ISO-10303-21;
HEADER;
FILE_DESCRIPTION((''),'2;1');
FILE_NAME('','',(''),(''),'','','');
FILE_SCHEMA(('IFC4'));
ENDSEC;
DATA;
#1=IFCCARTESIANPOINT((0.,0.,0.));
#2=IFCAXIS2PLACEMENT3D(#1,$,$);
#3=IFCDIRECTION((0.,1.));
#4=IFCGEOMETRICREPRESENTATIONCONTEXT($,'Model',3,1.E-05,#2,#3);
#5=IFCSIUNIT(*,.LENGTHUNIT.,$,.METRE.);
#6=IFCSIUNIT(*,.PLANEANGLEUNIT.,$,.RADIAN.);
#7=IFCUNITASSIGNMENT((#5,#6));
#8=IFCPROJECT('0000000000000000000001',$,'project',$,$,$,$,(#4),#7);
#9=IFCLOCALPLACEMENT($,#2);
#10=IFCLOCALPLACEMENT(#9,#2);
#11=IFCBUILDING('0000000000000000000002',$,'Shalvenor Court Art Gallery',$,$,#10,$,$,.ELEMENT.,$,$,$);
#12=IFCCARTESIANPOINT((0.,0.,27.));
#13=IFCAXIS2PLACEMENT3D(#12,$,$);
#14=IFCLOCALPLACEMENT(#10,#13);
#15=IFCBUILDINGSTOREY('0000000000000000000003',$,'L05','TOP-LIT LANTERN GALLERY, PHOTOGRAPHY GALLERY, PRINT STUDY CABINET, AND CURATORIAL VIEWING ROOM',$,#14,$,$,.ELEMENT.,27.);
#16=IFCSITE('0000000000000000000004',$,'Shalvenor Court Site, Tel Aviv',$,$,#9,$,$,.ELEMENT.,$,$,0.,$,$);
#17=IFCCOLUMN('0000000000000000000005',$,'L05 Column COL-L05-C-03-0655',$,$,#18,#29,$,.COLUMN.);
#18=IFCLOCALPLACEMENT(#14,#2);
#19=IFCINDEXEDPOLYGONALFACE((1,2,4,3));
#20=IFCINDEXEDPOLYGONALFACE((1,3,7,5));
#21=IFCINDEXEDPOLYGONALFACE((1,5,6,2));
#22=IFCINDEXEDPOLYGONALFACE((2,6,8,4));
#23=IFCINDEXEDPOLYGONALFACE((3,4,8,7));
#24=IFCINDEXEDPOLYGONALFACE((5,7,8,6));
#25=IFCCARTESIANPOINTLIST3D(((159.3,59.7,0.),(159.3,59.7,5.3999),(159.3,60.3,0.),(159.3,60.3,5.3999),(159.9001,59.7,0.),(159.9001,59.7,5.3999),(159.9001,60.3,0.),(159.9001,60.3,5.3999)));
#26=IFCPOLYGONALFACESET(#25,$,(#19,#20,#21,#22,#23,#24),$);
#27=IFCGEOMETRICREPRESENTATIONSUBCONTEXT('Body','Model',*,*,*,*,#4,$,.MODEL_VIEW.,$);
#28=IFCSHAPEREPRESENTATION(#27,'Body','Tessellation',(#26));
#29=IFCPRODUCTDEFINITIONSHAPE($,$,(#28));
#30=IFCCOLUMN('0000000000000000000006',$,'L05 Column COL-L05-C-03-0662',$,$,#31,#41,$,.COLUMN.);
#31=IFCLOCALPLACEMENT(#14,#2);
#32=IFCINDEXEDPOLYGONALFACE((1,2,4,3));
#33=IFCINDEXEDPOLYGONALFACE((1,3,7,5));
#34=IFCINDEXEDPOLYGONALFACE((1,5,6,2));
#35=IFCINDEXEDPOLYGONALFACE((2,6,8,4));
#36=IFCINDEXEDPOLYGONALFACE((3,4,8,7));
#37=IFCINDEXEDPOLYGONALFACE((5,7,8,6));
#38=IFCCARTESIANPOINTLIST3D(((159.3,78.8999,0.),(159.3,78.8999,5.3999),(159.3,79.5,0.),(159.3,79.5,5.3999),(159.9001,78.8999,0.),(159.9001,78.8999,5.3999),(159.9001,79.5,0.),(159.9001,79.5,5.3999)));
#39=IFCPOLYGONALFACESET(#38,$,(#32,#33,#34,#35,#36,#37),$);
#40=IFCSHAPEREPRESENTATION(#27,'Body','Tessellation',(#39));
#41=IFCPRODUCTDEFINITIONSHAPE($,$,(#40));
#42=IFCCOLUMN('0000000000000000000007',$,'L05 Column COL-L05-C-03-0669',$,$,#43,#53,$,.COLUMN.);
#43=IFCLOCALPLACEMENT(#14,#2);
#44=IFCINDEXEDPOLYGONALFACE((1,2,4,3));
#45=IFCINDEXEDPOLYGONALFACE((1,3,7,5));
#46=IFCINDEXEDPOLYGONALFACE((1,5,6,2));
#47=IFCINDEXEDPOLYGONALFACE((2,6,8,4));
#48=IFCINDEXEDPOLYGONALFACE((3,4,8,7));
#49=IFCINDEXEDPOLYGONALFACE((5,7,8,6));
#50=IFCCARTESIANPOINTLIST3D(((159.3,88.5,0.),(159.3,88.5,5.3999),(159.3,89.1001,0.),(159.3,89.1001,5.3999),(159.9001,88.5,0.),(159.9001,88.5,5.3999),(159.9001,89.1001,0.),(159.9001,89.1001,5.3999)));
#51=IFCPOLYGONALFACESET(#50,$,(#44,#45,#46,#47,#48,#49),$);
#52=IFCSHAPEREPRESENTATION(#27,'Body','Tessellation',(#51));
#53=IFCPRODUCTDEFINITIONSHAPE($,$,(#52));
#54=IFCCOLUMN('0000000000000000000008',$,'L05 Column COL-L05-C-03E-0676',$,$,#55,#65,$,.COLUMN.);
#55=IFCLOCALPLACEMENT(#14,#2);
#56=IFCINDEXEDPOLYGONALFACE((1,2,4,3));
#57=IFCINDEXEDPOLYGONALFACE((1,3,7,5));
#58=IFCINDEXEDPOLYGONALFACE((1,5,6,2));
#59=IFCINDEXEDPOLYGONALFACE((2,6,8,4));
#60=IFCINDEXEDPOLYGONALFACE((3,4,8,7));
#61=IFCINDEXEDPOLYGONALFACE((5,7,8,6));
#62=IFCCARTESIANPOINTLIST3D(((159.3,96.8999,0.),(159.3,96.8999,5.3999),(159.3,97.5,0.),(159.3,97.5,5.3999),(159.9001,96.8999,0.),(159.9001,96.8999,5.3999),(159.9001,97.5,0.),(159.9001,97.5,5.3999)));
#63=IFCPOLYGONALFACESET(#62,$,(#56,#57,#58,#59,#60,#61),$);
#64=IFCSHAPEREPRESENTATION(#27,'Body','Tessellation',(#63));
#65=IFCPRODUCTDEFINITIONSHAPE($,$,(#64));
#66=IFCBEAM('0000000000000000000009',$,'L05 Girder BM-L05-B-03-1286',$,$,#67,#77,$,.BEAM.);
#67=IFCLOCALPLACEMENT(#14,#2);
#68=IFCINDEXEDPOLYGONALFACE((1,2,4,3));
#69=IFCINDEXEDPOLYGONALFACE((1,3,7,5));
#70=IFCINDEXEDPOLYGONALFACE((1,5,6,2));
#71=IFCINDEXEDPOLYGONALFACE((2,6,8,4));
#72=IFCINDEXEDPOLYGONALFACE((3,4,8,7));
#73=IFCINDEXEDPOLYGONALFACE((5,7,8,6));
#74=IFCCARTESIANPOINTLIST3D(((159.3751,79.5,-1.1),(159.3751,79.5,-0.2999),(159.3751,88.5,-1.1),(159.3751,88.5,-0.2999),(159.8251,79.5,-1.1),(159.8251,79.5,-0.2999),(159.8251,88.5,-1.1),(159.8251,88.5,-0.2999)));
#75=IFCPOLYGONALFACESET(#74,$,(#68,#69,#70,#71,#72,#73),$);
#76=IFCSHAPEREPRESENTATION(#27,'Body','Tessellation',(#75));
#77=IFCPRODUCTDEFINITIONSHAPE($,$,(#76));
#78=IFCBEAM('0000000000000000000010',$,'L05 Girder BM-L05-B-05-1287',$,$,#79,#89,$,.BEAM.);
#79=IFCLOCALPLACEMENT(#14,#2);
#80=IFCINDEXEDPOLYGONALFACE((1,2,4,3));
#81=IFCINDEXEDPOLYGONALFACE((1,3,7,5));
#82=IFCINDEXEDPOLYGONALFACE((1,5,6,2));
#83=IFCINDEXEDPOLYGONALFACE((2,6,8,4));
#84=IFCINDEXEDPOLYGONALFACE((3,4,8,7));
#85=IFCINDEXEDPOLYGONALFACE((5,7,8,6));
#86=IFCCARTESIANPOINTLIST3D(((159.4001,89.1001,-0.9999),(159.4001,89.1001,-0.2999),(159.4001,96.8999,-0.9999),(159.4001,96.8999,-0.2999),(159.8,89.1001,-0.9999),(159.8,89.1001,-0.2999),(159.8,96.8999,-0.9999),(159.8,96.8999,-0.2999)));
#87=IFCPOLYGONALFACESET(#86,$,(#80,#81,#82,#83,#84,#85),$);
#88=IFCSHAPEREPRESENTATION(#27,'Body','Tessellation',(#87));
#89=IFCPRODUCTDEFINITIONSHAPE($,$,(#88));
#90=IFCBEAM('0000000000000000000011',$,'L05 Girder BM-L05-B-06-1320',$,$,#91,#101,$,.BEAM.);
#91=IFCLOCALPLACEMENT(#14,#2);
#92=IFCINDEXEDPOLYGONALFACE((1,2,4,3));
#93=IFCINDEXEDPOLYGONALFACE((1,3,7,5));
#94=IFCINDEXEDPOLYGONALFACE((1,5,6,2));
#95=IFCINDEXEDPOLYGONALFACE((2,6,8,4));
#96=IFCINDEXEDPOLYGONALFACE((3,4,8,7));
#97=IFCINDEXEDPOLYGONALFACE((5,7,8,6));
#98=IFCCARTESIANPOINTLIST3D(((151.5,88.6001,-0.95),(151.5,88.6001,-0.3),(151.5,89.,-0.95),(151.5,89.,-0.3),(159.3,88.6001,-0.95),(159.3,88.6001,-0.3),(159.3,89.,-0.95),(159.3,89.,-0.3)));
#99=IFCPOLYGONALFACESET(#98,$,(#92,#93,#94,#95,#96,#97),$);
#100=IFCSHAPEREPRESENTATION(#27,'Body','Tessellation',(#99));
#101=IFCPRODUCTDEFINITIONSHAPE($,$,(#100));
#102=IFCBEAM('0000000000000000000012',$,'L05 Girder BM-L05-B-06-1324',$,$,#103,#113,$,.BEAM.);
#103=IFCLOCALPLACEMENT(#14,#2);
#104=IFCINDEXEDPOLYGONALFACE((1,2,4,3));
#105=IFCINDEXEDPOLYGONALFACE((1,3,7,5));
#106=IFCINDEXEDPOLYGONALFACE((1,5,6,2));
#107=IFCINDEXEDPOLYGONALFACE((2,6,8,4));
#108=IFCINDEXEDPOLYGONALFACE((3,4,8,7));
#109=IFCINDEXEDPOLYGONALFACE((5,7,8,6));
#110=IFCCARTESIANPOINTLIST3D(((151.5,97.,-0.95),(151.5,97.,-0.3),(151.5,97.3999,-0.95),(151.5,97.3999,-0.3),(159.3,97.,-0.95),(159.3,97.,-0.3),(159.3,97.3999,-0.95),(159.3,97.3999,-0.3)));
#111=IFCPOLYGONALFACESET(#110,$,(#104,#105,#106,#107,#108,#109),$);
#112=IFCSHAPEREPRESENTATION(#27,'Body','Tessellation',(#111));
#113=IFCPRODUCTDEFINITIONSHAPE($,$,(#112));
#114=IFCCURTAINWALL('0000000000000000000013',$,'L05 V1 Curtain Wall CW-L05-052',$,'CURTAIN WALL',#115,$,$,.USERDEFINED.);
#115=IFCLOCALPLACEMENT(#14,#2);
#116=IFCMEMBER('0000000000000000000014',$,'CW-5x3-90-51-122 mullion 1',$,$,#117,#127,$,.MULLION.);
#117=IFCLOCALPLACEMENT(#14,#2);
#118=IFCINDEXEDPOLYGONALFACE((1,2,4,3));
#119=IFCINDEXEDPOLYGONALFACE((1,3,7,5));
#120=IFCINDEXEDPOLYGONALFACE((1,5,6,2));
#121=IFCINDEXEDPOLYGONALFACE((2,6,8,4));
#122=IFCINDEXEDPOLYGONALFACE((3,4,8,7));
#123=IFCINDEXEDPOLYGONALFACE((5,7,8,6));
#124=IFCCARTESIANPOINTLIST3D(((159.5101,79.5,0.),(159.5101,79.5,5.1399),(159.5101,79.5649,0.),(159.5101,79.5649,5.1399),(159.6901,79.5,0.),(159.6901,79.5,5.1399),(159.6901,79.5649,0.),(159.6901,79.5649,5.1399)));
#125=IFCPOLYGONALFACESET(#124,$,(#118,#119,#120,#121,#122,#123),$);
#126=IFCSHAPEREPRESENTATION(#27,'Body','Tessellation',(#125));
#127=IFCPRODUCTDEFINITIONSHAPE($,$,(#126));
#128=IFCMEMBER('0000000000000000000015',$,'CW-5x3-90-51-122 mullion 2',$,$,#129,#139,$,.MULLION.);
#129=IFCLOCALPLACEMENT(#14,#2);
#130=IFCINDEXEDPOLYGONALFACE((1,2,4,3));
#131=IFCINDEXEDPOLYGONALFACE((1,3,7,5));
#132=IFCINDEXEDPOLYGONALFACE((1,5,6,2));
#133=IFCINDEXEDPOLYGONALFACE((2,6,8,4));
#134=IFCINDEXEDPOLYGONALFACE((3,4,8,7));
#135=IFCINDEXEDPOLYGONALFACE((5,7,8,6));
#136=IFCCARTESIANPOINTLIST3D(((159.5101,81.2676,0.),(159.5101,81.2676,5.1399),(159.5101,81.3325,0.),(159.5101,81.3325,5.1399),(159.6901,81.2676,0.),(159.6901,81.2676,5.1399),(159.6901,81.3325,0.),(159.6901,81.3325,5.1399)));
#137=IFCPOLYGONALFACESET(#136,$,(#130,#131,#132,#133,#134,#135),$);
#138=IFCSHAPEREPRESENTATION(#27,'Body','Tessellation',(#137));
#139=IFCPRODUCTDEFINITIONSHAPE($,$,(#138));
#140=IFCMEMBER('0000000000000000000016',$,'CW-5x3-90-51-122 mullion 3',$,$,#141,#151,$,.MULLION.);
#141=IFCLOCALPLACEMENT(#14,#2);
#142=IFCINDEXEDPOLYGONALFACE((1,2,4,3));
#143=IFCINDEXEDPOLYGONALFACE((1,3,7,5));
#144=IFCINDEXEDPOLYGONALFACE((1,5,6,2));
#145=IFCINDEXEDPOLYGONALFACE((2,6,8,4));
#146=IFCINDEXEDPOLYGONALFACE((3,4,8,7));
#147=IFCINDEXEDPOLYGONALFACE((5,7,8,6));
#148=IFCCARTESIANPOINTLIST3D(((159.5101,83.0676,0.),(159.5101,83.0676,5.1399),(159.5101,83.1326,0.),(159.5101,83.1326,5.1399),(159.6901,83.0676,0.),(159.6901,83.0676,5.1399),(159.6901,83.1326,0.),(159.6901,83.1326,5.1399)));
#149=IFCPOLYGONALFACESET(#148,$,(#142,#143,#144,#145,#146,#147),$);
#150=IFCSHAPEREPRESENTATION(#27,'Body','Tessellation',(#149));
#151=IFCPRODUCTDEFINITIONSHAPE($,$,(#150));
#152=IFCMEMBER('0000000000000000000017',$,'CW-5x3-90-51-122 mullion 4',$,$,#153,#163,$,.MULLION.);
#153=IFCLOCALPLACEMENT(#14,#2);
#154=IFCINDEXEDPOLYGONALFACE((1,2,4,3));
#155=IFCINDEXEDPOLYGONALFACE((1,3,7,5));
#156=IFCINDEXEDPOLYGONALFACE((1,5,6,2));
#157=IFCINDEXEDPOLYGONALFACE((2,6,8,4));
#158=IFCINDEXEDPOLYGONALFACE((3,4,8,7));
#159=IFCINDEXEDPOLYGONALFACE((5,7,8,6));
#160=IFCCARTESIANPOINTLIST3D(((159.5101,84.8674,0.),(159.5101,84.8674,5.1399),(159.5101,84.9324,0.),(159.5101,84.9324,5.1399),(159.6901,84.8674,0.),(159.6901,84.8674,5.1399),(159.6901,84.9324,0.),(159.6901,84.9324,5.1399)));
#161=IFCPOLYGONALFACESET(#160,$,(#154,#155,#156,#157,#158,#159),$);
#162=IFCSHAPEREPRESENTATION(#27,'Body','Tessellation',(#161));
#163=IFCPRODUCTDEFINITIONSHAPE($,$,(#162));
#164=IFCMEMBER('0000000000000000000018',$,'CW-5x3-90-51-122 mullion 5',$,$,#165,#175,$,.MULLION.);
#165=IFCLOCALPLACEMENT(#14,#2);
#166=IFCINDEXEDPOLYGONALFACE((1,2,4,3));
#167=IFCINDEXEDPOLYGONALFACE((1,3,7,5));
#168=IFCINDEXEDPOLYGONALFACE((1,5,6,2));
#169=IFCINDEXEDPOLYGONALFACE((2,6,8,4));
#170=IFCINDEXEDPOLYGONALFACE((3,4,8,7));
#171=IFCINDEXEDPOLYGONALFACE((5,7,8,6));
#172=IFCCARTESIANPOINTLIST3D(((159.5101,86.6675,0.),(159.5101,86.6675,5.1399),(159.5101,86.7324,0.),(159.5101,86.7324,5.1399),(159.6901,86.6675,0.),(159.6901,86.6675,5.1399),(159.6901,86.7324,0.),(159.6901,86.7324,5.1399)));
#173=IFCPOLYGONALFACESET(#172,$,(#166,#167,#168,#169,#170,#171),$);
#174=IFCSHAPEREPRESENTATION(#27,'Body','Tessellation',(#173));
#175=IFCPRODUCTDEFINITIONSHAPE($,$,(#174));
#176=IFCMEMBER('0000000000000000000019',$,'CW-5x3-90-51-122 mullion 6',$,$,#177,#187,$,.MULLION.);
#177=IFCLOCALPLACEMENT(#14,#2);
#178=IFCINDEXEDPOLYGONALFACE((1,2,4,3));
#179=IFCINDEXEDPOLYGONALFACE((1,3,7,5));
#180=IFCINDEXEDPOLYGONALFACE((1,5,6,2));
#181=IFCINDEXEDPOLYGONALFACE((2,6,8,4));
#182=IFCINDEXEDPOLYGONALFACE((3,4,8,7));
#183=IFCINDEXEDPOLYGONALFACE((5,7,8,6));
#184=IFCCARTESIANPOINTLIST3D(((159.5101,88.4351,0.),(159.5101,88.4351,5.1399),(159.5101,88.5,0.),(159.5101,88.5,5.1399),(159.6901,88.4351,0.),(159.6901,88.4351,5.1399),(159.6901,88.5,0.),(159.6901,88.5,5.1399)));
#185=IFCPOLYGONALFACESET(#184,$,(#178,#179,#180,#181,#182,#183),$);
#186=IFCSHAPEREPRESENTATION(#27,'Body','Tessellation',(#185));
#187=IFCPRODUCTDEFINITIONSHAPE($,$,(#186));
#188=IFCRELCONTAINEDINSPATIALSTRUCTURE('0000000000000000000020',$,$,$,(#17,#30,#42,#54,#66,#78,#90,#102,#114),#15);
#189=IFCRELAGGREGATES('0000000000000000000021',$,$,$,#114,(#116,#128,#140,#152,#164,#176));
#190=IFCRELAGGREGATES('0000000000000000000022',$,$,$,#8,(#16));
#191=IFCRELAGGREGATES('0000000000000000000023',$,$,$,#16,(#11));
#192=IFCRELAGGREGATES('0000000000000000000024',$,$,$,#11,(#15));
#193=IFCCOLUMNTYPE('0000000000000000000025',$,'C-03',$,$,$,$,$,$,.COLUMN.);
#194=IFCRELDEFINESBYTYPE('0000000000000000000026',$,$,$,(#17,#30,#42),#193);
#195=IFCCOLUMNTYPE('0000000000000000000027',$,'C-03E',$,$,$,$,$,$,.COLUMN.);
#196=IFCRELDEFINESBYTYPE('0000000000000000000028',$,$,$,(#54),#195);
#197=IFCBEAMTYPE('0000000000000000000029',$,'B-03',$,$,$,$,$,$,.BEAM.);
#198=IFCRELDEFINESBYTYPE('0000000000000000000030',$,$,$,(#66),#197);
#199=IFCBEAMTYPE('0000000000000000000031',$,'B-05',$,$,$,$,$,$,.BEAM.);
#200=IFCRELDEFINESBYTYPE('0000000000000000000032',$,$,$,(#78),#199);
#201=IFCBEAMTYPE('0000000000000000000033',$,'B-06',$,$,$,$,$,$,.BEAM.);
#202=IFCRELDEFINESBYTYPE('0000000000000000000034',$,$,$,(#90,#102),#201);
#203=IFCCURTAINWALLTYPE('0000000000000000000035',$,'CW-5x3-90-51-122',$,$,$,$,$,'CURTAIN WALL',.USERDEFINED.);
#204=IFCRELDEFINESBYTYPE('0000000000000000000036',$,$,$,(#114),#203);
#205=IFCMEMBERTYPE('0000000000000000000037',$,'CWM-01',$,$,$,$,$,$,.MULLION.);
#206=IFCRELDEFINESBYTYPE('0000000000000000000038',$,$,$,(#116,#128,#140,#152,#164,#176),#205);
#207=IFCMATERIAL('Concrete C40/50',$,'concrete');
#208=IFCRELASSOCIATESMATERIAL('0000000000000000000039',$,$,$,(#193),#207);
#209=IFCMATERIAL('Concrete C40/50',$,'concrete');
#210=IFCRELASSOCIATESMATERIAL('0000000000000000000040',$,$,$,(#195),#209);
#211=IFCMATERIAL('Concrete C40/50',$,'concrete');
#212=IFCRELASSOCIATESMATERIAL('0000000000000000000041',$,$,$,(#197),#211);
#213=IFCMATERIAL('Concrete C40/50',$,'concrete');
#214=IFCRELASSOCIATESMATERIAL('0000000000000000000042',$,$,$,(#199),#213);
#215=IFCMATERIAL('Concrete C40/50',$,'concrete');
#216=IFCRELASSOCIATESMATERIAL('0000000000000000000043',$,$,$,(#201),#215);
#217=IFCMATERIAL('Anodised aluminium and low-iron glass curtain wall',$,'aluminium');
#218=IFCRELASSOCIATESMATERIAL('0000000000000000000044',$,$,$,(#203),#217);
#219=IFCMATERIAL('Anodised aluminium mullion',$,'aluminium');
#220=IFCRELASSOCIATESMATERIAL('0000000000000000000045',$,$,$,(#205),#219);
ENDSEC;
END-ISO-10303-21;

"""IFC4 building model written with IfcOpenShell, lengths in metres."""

from ifc_helpers import new_model, si_unit, direction, frame, origin, origin_2d, place, context, subcontext, project, spatial, rectangle, extrude, material, material_profile, profile_set, type_object, element, aggregate, save


model = new_model("IFC4")

# Units and contexts
model_context = context("Model", 3, precision=1e-05, world=origin(), true_north=direction((0.0, 1.0)))
body_context = subcontext(model_context, "Body", "Model", "MODEL_VIEW")
ifc_project = project(units=[si_unit("LENGTHUNIT", "METRE"), si_unit("PLANEANGLEUNIT", "RADIAN")], contexts=[model_context])

# Site, building, storey
site_placement = place(None, origin())
site = spatial("IfcSite", under=ifc_project, at=site_placement, Name="Shalvenor Court Site, Tel Aviv", CompositionType="ELEMENT", RefElevation=0.0)
building_placement = place(site_placement, origin())
building = spatial("IfcBuilding", under=site, at=building_placement, Name="Shalvenor Court Art Gallery", CompositionType="ELEMENT")
storey_placement = place(building_placement, frame((0.0, 0.0, 27.0)))
storey = spatial("IfcBuildingStorey", under=building, at=storey_placement, Name="L05", Description="TOP-LIT LANTERN GALLERY, PHOTOGRAPHY GALLERY, PRINT STUDY CABINET, AND CURATORIAL VIEWING ROOM", CompositionType="ELEMENT", Elevation=27.0)

# Columns
ifc_material_1 = material(Name="Concrete C40/50", Category="concrete")
ifc_material_profile_1 = material_profile(ifc_material_1, rectangle(XDim=0.6001, YDim=0.6001, at=origin_2d()), Name="RC 600x600")
ifc_profile_set_1 = profile_set([ifc_material_profile_1], Name="Concrete C40/50")
column_type_1 = type_object("IfcColumnType", Name="C-03", PredefinedType="COLUMN", material=ifc_profile_set_1)
for number, where, z_axis, x_axis, name in (
    (1, (159.6001, 60.0, 0.0), (0.0, 0.0, 1.0), (1.0, 0.0, 0.0), "L05 Column COL-L05-C-03-0655"),
    (2, (159.6001, 79.2, 0.0), (0.0, 0.0, 1.0), (1.0, 0.0, 0.0), "L05 Column COL-L05-C-03-0662"),
    (3, (159.6001, 88.8, 0.0), (0.0, 0.0, 1.0), (1.0, 0.0, 0.0), "L05 Column COL-L05-C-03-0669"),
):
    element("IfcColumn", number, at=place(storey_placement, frame(where, z_axis=z_axis, x_axis=x_axis)), inside=storey, type_object=column_type_1, Name=name, PredefinedType="COLUMN", context=body_context, shape_type="SweptSolid", body=[
        extrude(rectangle(XDim=0.6001, YDim=0.6001, at=origin_2d()), origin(), (0.0, 0.0, 1.0), 5.3999),
    ])
ifc_material_2 = material(Name="Concrete C40/50", Category="concrete")
ifc_material_profile_2 = material_profile(ifc_material_2, rectangle(XDim=0.6001, YDim=0.6001, at=origin_2d()), Name="RC 600x600")
ifc_profile_set_2 = profile_set([ifc_material_profile_2], Name="Concrete C40/50")
column_type_2 = type_object("IfcColumnType", Name="C-03E", PredefinedType="COLUMN", material=ifc_profile_set_2)
column_placement = place(storey_placement, frame((159.6001, 97.2, 0.0), z_axis=(0.0, 0.0, 1.0), x_axis=(1.0, 0.0, 0.0)))
element("IfcColumn", 4, at=column_placement, inside=storey, type_object=column_type_2, Name="L05 Column COL-L05-C-03E-0676", PredefinedType="COLUMN", context=body_context, shape_type="SweptSolid", body=[
    extrude(rectangle(XDim=0.6001, YDim=0.6001, at=origin_2d()), origin(), (0.0, 0.0, 1.0), 5.3999),
])

# Beams
ifc_material_3 = material(Name="Concrete C40/50", Category="concrete")
ifc_material_profile_3 = material_profile(ifc_material_3, rectangle(XDim=0.45, YDim=0.8, at=origin_2d()), Name="RC 450x800")
ifc_profile_set_3 = profile_set([ifc_material_profile_3], Name="Concrete C40/50")
beam_type_1 = type_object("IfcBeamType", Name="B-03", PredefinedType="BEAM", material=ifc_profile_set_3)
beam_1_placement = place(storey_placement, frame((159.6001, 79.5, -0.7), z_axis=(0.0, 1.0, 0.0), x_axis=(-1.0, 0.0, 0.0)))
element("IfcBeam", 5, at=beam_1_placement, inside=storey, type_object=beam_type_1, Name="L05 Girder BM-L05-B-03-1286", PredefinedType="BEAM", context=body_context, shape_type="SweptSolid", body=[
    extrude(rectangle(XDim=0.45, YDim=0.8, at=origin_2d()), origin(), (0.0, 0.0, 1.0), 9.0),
])
ifc_material_4 = material(Name="Concrete C40/50", Category="concrete")
ifc_material_profile_4 = material_profile(ifc_material_4, rectangle(XDim=0.3999, YDim=0.7, at=origin_2d()), Name="RC 400x700")
ifc_profile_set_4 = profile_set([ifc_material_profile_4], Name="Concrete C40/50")
beam_type_2 = type_object("IfcBeamType", Name="B-05", PredefinedType="BEAM", material=ifc_profile_set_4)
beam_2_placement = place(storey_placement, frame((159.6001, 89.1001, -0.6499), z_axis=(0.0, 1.0, 0.0), x_axis=(-1.0, 0.0, 0.0)))
element("IfcBeam", 6, at=beam_2_placement, inside=storey, type_object=beam_type_2, Name="L05 Girder BM-L05-B-05-1287", PredefinedType="BEAM", context=body_context, shape_type="SweptSolid", body=[
    extrude(rectangle(XDim=0.3999, YDim=0.7, at=origin_2d()), origin(), (0.0, 0.0, 1.0), 7.7998),
])
ifc_material_5 = material(Name="Concrete C40/50", Category="concrete")
ifc_material_profile_5 = material_profile(ifc_material_5, rectangle(XDim=0.3999, YDim=0.6499, at=origin_2d()), Name="RC 400x650")
ifc_profile_set_5 = profile_set([ifc_material_profile_5], Name="Concrete C40/50")
beam_type_3 = type_object("IfcBeamType", Name="B-06", PredefinedType="BEAM", material=ifc_profile_set_5)
for number, where, z_axis, x_axis, name in (
    (7, (151.5, 88.8, -0.625), (1.0, 0.0, 0.0), (0.0, 1.0, 0.0), "L05 Girder BM-L05-B-06-1320"),
    (8, (151.5, 97.2, -0.625), (1.0, 0.0, 0.0), (0.0, 1.0, 0.0), "L05 Girder BM-L05-B-06-1324"),
):
    element("IfcBeam", number, at=place(storey_placement, frame(where, z_axis=z_axis, x_axis=x_axis)), inside=storey, type_object=beam_type_3, Name=name, PredefinedType="BEAM", context=body_context, shape_type="SweptSolid", body=[
        extrude(rectangle(XDim=0.3999, YDim=0.6499, at=origin_2d()), origin(), (0.0, 0.0, 1.0), 7.8),
    ])

# Curtain wall, members
ifc_material_6 = material(Name="Anodised aluminium and low-iron glass curtain wall", Category="aluminium")
curtain_wall_type_1 = type_object("IfcCurtainWallType", Name="CW-5x3-90-51-122", ElementType="CURTAIN WALL", PredefinedType="USERDEFINED", material=ifc_material_6)
curtain_wall_1_placement = place(storey_placement, origin())
curtain_wall_1 = element("IfcCurtainWall", 9, at=curtain_wall_1_placement, inside=storey, type_object=curtain_wall_type_1, Name="L05 V1 Curtain Wall CW-L05-052", ObjectType="CURTAIN WALL", PredefinedType="USERDEFINED")
ifc_material_7 = material(Name="Anodised aluminium mullion", Category="aluminium")
ifc_material_profile_6 = material_profile(ifc_material_7, rectangle(XDim=0.0649, YDim=0.1799, at=origin_2d()), Name="CWM-01")
ifc_profile_set_6 = profile_set([ifc_material_profile_6], Name="Anodised aluminium mullion")
member_type_1 = type_object("IfcMemberType", Name="CWM-01", PredefinedType="MULLION", material=ifc_profile_set_6)
member_1_placement = place(storey_placement, frame((159.6001, 79.5325, 0.0), z_axis=(0.0, 0.0, 1.0), x_axis=(0.0, 1.0, 0.0)))
member_1 = element("IfcMember", 10, at=member_1_placement, type_object=member_type_1, Name="CW-5x3-90-51-122 mullion 1", PredefinedType="MULLION", context=body_context, shape_type="SweptSolid", body=[
    extrude(rectangle(XDim=0.0649, YDim=0.1799, at=origin_2d()), origin(), (0.0, 0.0, 1.0), 5.1399),
])
member_2_placement = place(storey_placement, frame((159.6001, 81.3, 0.0), z_axis=(0.0, 0.0, 1.0), x_axis=(0.0, 1.0, 0.0)))
member_2 = element("IfcMember", 11, at=member_2_placement, type_object=member_type_1, Name="CW-5x3-90-51-122 mullion 2", PredefinedType="MULLION", context=body_context, shape_type="SweptSolid", body=[
    extrude(rectangle(XDim=0.0649, YDim=0.1799, at=origin_2d()), origin(), (0.0, 0.0, 1.0), 5.1399),
])
member_3_placement = place(storey_placement, frame((159.6001, 83.1001, 0.0), z_axis=(0.0, 0.0, 1.0), x_axis=(0.0, 1.0, 0.0)))
member_3 = element("IfcMember", 12, at=member_3_placement, type_object=member_type_1, Name="CW-5x3-90-51-122 mullion 3", PredefinedType="MULLION", context=body_context, shape_type="SweptSolid", body=[
    extrude(rectangle(XDim=0.0649, YDim=0.1799, at=origin_2d()), origin(), (0.0, 0.0, 1.0), 5.1399),
])
member_4_placement = place(storey_placement, frame((159.6001, 84.8999, 0.0), z_axis=(0.0, 0.0, 1.0), x_axis=(0.0, 1.0, 0.0)))
member_4 = element("IfcMember", 13, at=member_4_placement, type_object=member_type_1, Name="CW-5x3-90-51-122 mullion 4", PredefinedType="MULLION", context=body_context, shape_type="SweptSolid", body=[
    extrude(rectangle(XDim=0.0649, YDim=0.1799, at=origin_2d()), origin(), (0.0, 0.0, 1.0), 5.1399),
])
member_5_placement = place(storey_placement, frame((159.6001, 86.7, 0.0), z_axis=(0.0, 0.0, 1.0), x_axis=(0.0, 1.0, 0.0)))
member_5 = element("IfcMember", 14, at=member_5_placement, type_object=member_type_1, Name="CW-5x3-90-51-122 mullion 5", PredefinedType="MULLION", context=body_context, shape_type="SweptSolid", body=[
    extrude(rectangle(XDim=0.0649, YDim=0.1799, at=origin_2d()), origin(), (0.0, 0.0, 1.0), 5.1399),
])
member_6_placement = place(storey_placement, frame((159.6001, 88.4675, 0.0), z_axis=(0.0, 0.0, 1.0), x_axis=(0.0, 1.0, 0.0)))
member_6 = element("IfcMember", 15, at=member_6_placement, type_object=member_type_1, Name="CW-5x3-90-51-122 mullion 6", PredefinedType="MULLION", context=body_context, shape_type="SweptSolid", body=[
    extrude(rectangle(XDim=0.0649, YDim=0.1799, at=origin_2d()), origin(), (0.0, 0.0, 1.0), 5.1399),
])

aggregate(curtain_wall_1, [member_1, member_2, member_3, member_4, member_5, member_6])

save(model, "model.ifc")
